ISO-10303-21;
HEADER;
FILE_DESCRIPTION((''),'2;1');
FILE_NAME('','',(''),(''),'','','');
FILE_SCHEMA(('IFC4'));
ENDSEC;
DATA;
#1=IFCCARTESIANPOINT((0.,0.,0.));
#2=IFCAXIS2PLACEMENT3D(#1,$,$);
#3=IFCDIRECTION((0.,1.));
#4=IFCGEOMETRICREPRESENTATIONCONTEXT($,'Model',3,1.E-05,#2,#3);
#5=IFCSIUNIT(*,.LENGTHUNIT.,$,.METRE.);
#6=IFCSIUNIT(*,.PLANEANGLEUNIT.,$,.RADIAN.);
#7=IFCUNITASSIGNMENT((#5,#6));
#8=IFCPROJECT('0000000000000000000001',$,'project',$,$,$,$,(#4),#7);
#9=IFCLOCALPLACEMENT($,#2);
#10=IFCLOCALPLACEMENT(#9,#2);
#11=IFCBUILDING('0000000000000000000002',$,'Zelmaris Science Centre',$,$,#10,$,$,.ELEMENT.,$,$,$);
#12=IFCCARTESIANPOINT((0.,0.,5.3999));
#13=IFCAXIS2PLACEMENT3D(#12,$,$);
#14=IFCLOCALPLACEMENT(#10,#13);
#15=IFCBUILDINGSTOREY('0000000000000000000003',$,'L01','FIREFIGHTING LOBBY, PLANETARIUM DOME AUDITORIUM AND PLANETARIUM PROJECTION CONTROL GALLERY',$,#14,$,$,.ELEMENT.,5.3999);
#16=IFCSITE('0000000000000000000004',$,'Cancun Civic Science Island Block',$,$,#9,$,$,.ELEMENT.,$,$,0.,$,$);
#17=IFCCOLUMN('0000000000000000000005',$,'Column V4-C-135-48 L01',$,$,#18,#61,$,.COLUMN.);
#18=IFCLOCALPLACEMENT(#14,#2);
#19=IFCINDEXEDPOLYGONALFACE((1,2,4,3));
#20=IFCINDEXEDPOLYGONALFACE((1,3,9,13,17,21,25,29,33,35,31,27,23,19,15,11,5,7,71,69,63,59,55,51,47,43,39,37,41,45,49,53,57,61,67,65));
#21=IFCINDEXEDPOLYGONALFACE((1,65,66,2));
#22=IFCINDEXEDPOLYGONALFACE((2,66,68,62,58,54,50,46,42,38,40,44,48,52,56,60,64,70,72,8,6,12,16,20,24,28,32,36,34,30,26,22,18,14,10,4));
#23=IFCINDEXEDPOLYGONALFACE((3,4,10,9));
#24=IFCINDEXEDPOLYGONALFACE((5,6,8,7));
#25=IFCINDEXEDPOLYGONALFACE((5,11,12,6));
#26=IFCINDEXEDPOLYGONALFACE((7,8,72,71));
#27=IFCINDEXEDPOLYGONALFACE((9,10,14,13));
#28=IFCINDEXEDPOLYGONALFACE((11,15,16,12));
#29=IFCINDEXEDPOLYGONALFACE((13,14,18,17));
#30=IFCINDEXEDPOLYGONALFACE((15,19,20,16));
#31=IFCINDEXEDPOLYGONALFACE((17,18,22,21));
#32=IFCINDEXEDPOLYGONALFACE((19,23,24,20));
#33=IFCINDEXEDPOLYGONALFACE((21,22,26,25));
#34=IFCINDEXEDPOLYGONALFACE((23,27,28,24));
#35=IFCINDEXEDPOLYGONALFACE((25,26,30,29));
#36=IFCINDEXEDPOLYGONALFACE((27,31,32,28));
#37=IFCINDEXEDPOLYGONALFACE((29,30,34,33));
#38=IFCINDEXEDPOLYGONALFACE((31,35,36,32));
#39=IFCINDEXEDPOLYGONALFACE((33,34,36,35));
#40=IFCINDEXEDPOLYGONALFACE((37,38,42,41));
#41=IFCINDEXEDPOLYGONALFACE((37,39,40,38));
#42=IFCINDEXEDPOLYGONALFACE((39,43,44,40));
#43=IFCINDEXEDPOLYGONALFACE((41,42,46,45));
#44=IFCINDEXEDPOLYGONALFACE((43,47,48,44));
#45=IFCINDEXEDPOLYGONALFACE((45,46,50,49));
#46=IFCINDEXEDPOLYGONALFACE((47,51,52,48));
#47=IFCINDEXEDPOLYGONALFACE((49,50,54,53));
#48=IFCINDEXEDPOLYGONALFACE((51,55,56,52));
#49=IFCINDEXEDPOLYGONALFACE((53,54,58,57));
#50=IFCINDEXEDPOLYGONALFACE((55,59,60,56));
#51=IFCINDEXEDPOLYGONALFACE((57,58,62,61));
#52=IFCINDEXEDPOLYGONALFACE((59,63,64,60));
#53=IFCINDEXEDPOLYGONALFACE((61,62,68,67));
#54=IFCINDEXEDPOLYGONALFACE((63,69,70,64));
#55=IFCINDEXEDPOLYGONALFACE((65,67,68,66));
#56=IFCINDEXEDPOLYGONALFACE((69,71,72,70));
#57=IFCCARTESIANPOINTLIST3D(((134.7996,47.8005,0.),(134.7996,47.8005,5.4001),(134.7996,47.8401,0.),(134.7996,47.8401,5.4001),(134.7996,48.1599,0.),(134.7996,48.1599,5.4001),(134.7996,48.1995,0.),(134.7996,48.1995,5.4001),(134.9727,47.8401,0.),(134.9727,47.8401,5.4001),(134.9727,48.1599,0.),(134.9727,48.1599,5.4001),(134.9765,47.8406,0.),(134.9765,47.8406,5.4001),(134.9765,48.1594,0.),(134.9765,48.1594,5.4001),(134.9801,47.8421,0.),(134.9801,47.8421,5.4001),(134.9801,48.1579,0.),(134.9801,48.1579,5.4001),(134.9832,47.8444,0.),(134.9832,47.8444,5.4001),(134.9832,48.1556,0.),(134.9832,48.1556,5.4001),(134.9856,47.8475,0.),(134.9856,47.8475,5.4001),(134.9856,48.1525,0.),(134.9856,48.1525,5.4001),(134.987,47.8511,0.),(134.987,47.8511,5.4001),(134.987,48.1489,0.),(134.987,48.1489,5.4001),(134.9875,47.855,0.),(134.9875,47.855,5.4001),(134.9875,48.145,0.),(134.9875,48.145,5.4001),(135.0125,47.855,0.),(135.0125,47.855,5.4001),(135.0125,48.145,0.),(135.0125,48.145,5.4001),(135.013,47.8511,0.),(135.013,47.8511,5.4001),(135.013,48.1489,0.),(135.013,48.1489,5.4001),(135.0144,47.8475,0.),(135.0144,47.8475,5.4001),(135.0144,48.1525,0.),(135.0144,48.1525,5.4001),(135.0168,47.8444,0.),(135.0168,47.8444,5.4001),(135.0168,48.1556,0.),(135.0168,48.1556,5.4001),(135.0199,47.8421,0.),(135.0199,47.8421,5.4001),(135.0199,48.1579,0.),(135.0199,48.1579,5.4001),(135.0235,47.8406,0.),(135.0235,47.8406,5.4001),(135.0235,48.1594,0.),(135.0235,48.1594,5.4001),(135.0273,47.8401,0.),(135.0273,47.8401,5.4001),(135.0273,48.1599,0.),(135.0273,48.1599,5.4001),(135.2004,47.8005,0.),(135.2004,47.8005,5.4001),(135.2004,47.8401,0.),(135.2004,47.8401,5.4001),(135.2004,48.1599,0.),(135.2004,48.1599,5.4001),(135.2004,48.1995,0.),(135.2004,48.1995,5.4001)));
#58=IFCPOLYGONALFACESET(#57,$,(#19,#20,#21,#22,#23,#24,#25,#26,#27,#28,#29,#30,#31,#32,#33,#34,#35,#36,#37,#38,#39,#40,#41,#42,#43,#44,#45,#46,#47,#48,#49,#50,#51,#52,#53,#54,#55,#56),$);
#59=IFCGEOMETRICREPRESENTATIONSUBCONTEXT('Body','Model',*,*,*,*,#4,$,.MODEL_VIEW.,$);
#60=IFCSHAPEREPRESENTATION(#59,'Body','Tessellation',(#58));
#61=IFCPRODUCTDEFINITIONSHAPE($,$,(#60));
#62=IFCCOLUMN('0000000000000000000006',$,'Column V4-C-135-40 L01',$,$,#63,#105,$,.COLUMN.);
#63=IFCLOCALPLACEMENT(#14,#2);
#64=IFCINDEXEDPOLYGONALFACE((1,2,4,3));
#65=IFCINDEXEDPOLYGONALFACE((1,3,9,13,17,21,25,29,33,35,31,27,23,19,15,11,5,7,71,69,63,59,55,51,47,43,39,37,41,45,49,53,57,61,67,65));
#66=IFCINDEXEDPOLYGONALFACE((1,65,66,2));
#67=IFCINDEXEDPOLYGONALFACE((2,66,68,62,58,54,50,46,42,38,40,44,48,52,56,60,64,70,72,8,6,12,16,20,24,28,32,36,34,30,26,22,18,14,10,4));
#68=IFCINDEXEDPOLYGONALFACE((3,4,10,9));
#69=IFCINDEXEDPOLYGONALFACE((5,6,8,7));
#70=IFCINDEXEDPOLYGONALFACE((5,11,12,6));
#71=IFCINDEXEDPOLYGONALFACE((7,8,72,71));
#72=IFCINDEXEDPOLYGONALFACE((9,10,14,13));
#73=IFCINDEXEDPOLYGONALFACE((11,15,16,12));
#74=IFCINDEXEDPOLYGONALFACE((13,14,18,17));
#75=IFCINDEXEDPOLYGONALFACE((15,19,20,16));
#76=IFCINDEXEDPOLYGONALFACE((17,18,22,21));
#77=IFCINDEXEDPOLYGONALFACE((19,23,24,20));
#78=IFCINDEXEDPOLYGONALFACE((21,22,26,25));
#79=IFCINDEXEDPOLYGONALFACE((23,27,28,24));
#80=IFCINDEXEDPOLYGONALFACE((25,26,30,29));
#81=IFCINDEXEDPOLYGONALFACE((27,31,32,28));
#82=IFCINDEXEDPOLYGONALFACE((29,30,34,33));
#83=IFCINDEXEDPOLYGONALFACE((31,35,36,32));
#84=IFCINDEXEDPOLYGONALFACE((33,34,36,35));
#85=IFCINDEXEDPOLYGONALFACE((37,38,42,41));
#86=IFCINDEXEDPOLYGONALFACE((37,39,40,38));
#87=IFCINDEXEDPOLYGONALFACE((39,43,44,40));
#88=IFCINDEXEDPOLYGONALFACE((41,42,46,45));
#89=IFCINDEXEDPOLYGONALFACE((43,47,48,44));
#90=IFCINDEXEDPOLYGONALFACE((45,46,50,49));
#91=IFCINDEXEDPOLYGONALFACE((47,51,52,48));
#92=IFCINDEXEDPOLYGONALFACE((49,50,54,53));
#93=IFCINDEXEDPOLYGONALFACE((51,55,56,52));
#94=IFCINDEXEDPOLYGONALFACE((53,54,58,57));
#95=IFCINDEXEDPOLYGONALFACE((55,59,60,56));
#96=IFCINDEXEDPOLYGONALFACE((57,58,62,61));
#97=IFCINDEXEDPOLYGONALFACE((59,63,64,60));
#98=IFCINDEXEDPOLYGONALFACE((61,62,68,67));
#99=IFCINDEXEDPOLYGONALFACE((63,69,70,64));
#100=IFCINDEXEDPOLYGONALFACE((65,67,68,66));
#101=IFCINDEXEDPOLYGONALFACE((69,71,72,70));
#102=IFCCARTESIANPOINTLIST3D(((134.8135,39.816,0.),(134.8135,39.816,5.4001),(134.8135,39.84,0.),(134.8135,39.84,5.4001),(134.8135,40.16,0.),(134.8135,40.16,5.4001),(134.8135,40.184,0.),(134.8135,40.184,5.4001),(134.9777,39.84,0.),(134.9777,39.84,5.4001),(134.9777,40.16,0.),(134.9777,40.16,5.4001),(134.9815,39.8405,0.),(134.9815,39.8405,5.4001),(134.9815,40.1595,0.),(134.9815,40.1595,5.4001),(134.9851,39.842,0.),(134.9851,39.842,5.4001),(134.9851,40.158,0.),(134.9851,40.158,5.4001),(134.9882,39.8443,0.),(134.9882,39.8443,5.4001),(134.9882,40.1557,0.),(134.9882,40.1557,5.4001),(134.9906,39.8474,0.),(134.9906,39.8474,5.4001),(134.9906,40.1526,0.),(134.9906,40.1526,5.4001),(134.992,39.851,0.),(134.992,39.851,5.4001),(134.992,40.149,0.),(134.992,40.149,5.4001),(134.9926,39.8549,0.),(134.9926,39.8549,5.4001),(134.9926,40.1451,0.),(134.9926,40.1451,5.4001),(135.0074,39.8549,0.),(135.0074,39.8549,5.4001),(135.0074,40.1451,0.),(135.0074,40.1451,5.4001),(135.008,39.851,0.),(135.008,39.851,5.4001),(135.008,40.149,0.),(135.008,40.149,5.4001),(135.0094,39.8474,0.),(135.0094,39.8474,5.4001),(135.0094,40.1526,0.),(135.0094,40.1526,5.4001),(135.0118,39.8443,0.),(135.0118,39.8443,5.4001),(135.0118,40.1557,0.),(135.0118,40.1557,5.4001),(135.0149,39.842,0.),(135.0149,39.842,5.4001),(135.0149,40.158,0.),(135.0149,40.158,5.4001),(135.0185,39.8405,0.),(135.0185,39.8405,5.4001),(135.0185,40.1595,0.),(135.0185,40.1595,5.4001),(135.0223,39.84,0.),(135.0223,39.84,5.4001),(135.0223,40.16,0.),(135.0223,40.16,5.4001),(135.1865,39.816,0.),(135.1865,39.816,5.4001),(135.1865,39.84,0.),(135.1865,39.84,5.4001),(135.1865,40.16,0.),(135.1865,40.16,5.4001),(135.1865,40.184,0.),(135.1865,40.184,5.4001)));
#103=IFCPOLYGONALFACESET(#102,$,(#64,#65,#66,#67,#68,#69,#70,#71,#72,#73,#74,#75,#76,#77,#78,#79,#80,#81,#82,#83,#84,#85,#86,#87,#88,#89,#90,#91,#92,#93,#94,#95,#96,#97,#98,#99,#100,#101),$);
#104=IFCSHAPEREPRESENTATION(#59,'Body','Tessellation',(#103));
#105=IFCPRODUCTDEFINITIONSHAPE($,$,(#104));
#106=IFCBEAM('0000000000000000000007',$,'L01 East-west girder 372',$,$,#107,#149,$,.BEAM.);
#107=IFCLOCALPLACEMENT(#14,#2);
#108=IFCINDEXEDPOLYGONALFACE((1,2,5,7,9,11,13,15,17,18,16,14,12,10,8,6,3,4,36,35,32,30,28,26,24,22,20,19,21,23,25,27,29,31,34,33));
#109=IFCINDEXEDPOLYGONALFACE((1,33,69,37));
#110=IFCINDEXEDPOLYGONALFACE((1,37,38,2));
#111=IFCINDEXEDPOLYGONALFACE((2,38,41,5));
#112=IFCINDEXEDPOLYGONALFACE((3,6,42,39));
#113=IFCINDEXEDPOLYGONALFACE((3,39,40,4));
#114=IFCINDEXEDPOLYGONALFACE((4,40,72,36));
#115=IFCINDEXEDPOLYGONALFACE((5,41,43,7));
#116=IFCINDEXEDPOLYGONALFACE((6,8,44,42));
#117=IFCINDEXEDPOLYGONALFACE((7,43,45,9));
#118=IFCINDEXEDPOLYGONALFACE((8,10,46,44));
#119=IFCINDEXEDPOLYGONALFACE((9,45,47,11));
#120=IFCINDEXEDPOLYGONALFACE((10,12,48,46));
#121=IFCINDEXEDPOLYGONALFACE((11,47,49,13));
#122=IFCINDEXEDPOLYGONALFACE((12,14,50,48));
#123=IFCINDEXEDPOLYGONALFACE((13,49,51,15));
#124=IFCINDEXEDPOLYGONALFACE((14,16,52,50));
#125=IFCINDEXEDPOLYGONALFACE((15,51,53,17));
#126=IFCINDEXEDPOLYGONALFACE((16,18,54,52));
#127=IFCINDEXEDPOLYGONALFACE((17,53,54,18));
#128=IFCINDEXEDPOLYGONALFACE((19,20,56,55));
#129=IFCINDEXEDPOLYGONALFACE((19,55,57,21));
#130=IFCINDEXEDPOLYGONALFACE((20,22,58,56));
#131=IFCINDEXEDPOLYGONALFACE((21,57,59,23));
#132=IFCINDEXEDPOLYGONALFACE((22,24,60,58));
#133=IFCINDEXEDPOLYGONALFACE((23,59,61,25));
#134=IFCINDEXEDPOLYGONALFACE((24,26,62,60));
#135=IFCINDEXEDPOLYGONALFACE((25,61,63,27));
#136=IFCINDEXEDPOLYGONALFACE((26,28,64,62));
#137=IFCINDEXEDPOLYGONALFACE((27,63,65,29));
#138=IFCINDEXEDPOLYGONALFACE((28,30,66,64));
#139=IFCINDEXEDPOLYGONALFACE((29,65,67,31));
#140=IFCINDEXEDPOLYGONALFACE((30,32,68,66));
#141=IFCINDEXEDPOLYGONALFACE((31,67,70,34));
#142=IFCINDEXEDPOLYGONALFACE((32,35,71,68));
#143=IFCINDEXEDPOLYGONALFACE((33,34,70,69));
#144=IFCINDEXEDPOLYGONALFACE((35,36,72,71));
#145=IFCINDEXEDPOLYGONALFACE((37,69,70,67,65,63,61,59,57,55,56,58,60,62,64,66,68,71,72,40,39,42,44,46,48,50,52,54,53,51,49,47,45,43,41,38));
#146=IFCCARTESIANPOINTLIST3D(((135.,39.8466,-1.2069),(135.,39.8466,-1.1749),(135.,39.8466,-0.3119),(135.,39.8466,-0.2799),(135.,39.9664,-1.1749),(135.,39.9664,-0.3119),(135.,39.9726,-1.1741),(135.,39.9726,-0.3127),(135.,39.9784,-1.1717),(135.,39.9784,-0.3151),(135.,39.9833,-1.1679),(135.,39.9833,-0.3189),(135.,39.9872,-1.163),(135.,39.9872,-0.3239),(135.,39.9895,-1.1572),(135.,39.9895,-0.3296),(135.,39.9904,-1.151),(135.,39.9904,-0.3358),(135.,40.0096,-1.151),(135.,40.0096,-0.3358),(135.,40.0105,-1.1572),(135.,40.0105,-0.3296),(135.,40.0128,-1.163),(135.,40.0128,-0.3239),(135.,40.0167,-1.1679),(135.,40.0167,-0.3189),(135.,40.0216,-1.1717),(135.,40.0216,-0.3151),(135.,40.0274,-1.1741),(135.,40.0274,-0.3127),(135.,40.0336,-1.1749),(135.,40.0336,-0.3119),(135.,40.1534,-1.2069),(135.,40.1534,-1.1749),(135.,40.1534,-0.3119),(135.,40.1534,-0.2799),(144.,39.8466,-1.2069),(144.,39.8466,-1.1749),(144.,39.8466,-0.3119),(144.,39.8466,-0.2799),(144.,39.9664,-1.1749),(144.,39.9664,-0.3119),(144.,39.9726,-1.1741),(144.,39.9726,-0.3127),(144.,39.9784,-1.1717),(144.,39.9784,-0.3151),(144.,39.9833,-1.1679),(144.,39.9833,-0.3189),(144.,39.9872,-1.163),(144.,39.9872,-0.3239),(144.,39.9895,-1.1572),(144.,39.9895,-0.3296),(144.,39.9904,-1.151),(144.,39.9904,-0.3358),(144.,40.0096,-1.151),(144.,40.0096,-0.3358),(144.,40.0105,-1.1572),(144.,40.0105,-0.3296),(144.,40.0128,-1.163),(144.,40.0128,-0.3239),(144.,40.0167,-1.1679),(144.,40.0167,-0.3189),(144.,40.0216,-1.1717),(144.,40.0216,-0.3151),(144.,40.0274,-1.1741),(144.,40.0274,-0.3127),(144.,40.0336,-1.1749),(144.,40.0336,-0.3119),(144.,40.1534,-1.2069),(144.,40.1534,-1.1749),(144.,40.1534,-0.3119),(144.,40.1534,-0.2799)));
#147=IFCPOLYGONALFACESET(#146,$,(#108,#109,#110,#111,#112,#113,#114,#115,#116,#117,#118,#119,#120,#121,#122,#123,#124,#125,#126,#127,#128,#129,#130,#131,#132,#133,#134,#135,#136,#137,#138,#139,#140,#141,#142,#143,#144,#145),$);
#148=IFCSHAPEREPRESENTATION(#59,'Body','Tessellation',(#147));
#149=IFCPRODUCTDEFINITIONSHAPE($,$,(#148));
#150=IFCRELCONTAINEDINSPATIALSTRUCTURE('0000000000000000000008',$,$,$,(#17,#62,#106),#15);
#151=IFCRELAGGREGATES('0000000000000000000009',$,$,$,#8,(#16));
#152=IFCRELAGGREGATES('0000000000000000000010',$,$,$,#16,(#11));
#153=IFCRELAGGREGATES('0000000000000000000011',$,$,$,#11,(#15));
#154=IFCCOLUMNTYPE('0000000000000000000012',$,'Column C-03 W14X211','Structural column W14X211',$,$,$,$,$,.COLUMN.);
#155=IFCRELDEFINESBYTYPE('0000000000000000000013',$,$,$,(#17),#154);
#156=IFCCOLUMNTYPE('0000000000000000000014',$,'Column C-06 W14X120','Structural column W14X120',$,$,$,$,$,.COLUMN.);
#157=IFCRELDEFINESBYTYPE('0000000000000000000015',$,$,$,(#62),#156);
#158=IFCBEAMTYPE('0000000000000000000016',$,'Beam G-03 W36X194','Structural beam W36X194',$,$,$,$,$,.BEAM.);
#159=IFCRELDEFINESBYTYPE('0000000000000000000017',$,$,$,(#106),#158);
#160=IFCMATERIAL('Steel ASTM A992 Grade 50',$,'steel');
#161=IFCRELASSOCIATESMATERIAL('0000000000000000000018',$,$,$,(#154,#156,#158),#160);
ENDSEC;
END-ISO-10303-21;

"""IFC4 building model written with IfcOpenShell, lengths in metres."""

from ifc_helpers import new_model, si_unit, direction, frame, origin, origin_2d, place, context, subcontext, project, spatial, i_section, extrude, material, material_profile, profile_set, type_object, element, save


model = new_model("IFC4")

# Units and contexts
model_context = context("Model", 3, precision=1e-05, world=origin(), true_north=direction((0.0, 1.0)))
body_context = subcontext(model_context, "Body", "Model", "MODEL_VIEW")
ifc_project = project(units=[si_unit("LENGTHUNIT", "METRE"), si_unit("PLANEANGLEUNIT", "RADIAN")], contexts=[model_context])

# Site, building, storey
site_placement = place(None, origin())
site = spatial("IfcSite", under=ifc_project, at=site_placement, Name="Cancun Civic Science Island Block", CompositionType="ELEMENT", RefElevation=0.0)
building_placement = place(site_placement, origin())
building = spatial("IfcBuilding", under=site, at=building_placement, Name="Zelmaris Science Centre", CompositionType="ELEMENT")
storey_placement = place(building_placement, frame((0.0, 0.0, 5.3999)))
storey = spatial("IfcBuildingStorey", under=building, at=storey_placement, Name="L01", Description="FIREFIGHTING LOBBY, PLANETARIUM DOME AUDITORIUM AND PLANETARIUM PROJECTION CONTROL GALLERY", CompositionType="ELEMENT", Elevation=5.3999)

# Columns
ifc_material_1 = material(Name="Steel ASTM A992 Grade 50", Category="steel")
ifc_material_profile_1 = material_profile(ifc_material_1, i_section(OverallWidth=0.4009, OverallDepth=0.3989, WebThickness=0.0249, FlangeThickness=0.0396, FilletRadius=0.0149, at=origin_2d()), Name="W14X211")
ifc_profile_set_1 = profile_set([ifc_material_profile_1], Name="Steel ASTM A992 Grade 50")
column_type_1 = type_object("IfcColumnType", Name="Column C-03 W14X211", Description="Structural column W14X211", PredefinedType="COLUMN", material=ifc_profile_set_1)
column_1_placement = place(storey_placement, frame((135.0, 48.0, 0.0), z_axis=(0.0, 0.0, 1.0), x_axis=(1.0, 0.0, 0.0)))
element("IfcColumn", 1, at=column_1_placement, inside=storey, type_object=column_type_1, Name="Column V4-C-135-48 L01", PredefinedType="COLUMN", context=body_context, shape_type="SweptSolid", body=[
    extrude(i_section(OverallWidth=0.4009, OverallDepth=0.3989, WebThickness=0.0249, FlangeThickness=0.0396, FilletRadius=0.0149, at=origin_2d()), origin(), (0.0, 0.0, 1.0), 5.4001),
])
ifc_material_profile_2 = material_profile(ifc_material_1, i_section(OverallWidth=0.373, OverallDepth=0.3679, WebThickness=0.0149, FlangeThickness=0.0239, FilletRadius=0.0149, at=origin_2d()), Name="W14X120")
ifc_profile_set_2 = profile_set([ifc_material_profile_2], Name="Steel ASTM A992 Grade 50")
column_type_2 = type_object("IfcColumnType", Name="Column C-06 W14X120", Description="Structural column W14X120", PredefinedType="COLUMN", material=ifc_profile_set_2)
column_2_placement = place(storey_placement, frame((135.0, 40.0, 0.0), z_axis=(0.0, 0.0, 1.0), x_axis=(1.0, 0.0, 0.0)))
element("IfcColumn", 2, at=column_2_placement, inside=storey, type_object=column_type_2, Name="Column V4-C-135-40 L01", PredefinedType="COLUMN", context=body_context, shape_type="SweptSolid", body=[
    extrude(i_section(OverallWidth=0.373, OverallDepth=0.3679, WebThickness=0.0149, FlangeThickness=0.0239, FilletRadius=0.0149, at=origin_2d()), origin(), (0.0, 0.0, 1.0), 5.4001),
])

# Beam
ifc_material_profile_3 = material_profile(ifc_material_1, i_section(OverallWidth=0.3069, OverallDepth=0.927, WebThickness=0.0193, FlangeThickness=0.032, FilletRadius=0.0239, at=origin_2d()), Name="W36X194")
ifc_profile_set_3 = profile_set([ifc_material_profile_3], Name="Steel ASTM A992 Grade 50")
beam_type_1 = type_object("IfcBeamType", Name="Beam G-03 W36X194", Description="Structural beam W36X194", PredefinedType="BEAM", material=ifc_profile_set_3)
beam_1_placement = place(storey_placement, frame((135.0, 40.0, -0.7434), z_axis=(1.0, 0.0, 0.0), x_axis=(0.0, 1.0, 0.0)))
element("IfcBeam", 3, at=beam_1_placement, inside=storey, type_object=beam_type_1, Name="L01 East-west girder 372", PredefinedType="BEAM", context=body_context, shape_type="SweptSolid", body=[
    extrude(i_section(OverallWidth=0.3069, OverallDepth=0.927, WebThickness=0.0193, FlangeThickness=0.032, FilletRadius=0.0239, at=origin_2d()), origin(), (0.0, 0.0, 1.0), 9.0),
])

save(model, "model.ifc")
